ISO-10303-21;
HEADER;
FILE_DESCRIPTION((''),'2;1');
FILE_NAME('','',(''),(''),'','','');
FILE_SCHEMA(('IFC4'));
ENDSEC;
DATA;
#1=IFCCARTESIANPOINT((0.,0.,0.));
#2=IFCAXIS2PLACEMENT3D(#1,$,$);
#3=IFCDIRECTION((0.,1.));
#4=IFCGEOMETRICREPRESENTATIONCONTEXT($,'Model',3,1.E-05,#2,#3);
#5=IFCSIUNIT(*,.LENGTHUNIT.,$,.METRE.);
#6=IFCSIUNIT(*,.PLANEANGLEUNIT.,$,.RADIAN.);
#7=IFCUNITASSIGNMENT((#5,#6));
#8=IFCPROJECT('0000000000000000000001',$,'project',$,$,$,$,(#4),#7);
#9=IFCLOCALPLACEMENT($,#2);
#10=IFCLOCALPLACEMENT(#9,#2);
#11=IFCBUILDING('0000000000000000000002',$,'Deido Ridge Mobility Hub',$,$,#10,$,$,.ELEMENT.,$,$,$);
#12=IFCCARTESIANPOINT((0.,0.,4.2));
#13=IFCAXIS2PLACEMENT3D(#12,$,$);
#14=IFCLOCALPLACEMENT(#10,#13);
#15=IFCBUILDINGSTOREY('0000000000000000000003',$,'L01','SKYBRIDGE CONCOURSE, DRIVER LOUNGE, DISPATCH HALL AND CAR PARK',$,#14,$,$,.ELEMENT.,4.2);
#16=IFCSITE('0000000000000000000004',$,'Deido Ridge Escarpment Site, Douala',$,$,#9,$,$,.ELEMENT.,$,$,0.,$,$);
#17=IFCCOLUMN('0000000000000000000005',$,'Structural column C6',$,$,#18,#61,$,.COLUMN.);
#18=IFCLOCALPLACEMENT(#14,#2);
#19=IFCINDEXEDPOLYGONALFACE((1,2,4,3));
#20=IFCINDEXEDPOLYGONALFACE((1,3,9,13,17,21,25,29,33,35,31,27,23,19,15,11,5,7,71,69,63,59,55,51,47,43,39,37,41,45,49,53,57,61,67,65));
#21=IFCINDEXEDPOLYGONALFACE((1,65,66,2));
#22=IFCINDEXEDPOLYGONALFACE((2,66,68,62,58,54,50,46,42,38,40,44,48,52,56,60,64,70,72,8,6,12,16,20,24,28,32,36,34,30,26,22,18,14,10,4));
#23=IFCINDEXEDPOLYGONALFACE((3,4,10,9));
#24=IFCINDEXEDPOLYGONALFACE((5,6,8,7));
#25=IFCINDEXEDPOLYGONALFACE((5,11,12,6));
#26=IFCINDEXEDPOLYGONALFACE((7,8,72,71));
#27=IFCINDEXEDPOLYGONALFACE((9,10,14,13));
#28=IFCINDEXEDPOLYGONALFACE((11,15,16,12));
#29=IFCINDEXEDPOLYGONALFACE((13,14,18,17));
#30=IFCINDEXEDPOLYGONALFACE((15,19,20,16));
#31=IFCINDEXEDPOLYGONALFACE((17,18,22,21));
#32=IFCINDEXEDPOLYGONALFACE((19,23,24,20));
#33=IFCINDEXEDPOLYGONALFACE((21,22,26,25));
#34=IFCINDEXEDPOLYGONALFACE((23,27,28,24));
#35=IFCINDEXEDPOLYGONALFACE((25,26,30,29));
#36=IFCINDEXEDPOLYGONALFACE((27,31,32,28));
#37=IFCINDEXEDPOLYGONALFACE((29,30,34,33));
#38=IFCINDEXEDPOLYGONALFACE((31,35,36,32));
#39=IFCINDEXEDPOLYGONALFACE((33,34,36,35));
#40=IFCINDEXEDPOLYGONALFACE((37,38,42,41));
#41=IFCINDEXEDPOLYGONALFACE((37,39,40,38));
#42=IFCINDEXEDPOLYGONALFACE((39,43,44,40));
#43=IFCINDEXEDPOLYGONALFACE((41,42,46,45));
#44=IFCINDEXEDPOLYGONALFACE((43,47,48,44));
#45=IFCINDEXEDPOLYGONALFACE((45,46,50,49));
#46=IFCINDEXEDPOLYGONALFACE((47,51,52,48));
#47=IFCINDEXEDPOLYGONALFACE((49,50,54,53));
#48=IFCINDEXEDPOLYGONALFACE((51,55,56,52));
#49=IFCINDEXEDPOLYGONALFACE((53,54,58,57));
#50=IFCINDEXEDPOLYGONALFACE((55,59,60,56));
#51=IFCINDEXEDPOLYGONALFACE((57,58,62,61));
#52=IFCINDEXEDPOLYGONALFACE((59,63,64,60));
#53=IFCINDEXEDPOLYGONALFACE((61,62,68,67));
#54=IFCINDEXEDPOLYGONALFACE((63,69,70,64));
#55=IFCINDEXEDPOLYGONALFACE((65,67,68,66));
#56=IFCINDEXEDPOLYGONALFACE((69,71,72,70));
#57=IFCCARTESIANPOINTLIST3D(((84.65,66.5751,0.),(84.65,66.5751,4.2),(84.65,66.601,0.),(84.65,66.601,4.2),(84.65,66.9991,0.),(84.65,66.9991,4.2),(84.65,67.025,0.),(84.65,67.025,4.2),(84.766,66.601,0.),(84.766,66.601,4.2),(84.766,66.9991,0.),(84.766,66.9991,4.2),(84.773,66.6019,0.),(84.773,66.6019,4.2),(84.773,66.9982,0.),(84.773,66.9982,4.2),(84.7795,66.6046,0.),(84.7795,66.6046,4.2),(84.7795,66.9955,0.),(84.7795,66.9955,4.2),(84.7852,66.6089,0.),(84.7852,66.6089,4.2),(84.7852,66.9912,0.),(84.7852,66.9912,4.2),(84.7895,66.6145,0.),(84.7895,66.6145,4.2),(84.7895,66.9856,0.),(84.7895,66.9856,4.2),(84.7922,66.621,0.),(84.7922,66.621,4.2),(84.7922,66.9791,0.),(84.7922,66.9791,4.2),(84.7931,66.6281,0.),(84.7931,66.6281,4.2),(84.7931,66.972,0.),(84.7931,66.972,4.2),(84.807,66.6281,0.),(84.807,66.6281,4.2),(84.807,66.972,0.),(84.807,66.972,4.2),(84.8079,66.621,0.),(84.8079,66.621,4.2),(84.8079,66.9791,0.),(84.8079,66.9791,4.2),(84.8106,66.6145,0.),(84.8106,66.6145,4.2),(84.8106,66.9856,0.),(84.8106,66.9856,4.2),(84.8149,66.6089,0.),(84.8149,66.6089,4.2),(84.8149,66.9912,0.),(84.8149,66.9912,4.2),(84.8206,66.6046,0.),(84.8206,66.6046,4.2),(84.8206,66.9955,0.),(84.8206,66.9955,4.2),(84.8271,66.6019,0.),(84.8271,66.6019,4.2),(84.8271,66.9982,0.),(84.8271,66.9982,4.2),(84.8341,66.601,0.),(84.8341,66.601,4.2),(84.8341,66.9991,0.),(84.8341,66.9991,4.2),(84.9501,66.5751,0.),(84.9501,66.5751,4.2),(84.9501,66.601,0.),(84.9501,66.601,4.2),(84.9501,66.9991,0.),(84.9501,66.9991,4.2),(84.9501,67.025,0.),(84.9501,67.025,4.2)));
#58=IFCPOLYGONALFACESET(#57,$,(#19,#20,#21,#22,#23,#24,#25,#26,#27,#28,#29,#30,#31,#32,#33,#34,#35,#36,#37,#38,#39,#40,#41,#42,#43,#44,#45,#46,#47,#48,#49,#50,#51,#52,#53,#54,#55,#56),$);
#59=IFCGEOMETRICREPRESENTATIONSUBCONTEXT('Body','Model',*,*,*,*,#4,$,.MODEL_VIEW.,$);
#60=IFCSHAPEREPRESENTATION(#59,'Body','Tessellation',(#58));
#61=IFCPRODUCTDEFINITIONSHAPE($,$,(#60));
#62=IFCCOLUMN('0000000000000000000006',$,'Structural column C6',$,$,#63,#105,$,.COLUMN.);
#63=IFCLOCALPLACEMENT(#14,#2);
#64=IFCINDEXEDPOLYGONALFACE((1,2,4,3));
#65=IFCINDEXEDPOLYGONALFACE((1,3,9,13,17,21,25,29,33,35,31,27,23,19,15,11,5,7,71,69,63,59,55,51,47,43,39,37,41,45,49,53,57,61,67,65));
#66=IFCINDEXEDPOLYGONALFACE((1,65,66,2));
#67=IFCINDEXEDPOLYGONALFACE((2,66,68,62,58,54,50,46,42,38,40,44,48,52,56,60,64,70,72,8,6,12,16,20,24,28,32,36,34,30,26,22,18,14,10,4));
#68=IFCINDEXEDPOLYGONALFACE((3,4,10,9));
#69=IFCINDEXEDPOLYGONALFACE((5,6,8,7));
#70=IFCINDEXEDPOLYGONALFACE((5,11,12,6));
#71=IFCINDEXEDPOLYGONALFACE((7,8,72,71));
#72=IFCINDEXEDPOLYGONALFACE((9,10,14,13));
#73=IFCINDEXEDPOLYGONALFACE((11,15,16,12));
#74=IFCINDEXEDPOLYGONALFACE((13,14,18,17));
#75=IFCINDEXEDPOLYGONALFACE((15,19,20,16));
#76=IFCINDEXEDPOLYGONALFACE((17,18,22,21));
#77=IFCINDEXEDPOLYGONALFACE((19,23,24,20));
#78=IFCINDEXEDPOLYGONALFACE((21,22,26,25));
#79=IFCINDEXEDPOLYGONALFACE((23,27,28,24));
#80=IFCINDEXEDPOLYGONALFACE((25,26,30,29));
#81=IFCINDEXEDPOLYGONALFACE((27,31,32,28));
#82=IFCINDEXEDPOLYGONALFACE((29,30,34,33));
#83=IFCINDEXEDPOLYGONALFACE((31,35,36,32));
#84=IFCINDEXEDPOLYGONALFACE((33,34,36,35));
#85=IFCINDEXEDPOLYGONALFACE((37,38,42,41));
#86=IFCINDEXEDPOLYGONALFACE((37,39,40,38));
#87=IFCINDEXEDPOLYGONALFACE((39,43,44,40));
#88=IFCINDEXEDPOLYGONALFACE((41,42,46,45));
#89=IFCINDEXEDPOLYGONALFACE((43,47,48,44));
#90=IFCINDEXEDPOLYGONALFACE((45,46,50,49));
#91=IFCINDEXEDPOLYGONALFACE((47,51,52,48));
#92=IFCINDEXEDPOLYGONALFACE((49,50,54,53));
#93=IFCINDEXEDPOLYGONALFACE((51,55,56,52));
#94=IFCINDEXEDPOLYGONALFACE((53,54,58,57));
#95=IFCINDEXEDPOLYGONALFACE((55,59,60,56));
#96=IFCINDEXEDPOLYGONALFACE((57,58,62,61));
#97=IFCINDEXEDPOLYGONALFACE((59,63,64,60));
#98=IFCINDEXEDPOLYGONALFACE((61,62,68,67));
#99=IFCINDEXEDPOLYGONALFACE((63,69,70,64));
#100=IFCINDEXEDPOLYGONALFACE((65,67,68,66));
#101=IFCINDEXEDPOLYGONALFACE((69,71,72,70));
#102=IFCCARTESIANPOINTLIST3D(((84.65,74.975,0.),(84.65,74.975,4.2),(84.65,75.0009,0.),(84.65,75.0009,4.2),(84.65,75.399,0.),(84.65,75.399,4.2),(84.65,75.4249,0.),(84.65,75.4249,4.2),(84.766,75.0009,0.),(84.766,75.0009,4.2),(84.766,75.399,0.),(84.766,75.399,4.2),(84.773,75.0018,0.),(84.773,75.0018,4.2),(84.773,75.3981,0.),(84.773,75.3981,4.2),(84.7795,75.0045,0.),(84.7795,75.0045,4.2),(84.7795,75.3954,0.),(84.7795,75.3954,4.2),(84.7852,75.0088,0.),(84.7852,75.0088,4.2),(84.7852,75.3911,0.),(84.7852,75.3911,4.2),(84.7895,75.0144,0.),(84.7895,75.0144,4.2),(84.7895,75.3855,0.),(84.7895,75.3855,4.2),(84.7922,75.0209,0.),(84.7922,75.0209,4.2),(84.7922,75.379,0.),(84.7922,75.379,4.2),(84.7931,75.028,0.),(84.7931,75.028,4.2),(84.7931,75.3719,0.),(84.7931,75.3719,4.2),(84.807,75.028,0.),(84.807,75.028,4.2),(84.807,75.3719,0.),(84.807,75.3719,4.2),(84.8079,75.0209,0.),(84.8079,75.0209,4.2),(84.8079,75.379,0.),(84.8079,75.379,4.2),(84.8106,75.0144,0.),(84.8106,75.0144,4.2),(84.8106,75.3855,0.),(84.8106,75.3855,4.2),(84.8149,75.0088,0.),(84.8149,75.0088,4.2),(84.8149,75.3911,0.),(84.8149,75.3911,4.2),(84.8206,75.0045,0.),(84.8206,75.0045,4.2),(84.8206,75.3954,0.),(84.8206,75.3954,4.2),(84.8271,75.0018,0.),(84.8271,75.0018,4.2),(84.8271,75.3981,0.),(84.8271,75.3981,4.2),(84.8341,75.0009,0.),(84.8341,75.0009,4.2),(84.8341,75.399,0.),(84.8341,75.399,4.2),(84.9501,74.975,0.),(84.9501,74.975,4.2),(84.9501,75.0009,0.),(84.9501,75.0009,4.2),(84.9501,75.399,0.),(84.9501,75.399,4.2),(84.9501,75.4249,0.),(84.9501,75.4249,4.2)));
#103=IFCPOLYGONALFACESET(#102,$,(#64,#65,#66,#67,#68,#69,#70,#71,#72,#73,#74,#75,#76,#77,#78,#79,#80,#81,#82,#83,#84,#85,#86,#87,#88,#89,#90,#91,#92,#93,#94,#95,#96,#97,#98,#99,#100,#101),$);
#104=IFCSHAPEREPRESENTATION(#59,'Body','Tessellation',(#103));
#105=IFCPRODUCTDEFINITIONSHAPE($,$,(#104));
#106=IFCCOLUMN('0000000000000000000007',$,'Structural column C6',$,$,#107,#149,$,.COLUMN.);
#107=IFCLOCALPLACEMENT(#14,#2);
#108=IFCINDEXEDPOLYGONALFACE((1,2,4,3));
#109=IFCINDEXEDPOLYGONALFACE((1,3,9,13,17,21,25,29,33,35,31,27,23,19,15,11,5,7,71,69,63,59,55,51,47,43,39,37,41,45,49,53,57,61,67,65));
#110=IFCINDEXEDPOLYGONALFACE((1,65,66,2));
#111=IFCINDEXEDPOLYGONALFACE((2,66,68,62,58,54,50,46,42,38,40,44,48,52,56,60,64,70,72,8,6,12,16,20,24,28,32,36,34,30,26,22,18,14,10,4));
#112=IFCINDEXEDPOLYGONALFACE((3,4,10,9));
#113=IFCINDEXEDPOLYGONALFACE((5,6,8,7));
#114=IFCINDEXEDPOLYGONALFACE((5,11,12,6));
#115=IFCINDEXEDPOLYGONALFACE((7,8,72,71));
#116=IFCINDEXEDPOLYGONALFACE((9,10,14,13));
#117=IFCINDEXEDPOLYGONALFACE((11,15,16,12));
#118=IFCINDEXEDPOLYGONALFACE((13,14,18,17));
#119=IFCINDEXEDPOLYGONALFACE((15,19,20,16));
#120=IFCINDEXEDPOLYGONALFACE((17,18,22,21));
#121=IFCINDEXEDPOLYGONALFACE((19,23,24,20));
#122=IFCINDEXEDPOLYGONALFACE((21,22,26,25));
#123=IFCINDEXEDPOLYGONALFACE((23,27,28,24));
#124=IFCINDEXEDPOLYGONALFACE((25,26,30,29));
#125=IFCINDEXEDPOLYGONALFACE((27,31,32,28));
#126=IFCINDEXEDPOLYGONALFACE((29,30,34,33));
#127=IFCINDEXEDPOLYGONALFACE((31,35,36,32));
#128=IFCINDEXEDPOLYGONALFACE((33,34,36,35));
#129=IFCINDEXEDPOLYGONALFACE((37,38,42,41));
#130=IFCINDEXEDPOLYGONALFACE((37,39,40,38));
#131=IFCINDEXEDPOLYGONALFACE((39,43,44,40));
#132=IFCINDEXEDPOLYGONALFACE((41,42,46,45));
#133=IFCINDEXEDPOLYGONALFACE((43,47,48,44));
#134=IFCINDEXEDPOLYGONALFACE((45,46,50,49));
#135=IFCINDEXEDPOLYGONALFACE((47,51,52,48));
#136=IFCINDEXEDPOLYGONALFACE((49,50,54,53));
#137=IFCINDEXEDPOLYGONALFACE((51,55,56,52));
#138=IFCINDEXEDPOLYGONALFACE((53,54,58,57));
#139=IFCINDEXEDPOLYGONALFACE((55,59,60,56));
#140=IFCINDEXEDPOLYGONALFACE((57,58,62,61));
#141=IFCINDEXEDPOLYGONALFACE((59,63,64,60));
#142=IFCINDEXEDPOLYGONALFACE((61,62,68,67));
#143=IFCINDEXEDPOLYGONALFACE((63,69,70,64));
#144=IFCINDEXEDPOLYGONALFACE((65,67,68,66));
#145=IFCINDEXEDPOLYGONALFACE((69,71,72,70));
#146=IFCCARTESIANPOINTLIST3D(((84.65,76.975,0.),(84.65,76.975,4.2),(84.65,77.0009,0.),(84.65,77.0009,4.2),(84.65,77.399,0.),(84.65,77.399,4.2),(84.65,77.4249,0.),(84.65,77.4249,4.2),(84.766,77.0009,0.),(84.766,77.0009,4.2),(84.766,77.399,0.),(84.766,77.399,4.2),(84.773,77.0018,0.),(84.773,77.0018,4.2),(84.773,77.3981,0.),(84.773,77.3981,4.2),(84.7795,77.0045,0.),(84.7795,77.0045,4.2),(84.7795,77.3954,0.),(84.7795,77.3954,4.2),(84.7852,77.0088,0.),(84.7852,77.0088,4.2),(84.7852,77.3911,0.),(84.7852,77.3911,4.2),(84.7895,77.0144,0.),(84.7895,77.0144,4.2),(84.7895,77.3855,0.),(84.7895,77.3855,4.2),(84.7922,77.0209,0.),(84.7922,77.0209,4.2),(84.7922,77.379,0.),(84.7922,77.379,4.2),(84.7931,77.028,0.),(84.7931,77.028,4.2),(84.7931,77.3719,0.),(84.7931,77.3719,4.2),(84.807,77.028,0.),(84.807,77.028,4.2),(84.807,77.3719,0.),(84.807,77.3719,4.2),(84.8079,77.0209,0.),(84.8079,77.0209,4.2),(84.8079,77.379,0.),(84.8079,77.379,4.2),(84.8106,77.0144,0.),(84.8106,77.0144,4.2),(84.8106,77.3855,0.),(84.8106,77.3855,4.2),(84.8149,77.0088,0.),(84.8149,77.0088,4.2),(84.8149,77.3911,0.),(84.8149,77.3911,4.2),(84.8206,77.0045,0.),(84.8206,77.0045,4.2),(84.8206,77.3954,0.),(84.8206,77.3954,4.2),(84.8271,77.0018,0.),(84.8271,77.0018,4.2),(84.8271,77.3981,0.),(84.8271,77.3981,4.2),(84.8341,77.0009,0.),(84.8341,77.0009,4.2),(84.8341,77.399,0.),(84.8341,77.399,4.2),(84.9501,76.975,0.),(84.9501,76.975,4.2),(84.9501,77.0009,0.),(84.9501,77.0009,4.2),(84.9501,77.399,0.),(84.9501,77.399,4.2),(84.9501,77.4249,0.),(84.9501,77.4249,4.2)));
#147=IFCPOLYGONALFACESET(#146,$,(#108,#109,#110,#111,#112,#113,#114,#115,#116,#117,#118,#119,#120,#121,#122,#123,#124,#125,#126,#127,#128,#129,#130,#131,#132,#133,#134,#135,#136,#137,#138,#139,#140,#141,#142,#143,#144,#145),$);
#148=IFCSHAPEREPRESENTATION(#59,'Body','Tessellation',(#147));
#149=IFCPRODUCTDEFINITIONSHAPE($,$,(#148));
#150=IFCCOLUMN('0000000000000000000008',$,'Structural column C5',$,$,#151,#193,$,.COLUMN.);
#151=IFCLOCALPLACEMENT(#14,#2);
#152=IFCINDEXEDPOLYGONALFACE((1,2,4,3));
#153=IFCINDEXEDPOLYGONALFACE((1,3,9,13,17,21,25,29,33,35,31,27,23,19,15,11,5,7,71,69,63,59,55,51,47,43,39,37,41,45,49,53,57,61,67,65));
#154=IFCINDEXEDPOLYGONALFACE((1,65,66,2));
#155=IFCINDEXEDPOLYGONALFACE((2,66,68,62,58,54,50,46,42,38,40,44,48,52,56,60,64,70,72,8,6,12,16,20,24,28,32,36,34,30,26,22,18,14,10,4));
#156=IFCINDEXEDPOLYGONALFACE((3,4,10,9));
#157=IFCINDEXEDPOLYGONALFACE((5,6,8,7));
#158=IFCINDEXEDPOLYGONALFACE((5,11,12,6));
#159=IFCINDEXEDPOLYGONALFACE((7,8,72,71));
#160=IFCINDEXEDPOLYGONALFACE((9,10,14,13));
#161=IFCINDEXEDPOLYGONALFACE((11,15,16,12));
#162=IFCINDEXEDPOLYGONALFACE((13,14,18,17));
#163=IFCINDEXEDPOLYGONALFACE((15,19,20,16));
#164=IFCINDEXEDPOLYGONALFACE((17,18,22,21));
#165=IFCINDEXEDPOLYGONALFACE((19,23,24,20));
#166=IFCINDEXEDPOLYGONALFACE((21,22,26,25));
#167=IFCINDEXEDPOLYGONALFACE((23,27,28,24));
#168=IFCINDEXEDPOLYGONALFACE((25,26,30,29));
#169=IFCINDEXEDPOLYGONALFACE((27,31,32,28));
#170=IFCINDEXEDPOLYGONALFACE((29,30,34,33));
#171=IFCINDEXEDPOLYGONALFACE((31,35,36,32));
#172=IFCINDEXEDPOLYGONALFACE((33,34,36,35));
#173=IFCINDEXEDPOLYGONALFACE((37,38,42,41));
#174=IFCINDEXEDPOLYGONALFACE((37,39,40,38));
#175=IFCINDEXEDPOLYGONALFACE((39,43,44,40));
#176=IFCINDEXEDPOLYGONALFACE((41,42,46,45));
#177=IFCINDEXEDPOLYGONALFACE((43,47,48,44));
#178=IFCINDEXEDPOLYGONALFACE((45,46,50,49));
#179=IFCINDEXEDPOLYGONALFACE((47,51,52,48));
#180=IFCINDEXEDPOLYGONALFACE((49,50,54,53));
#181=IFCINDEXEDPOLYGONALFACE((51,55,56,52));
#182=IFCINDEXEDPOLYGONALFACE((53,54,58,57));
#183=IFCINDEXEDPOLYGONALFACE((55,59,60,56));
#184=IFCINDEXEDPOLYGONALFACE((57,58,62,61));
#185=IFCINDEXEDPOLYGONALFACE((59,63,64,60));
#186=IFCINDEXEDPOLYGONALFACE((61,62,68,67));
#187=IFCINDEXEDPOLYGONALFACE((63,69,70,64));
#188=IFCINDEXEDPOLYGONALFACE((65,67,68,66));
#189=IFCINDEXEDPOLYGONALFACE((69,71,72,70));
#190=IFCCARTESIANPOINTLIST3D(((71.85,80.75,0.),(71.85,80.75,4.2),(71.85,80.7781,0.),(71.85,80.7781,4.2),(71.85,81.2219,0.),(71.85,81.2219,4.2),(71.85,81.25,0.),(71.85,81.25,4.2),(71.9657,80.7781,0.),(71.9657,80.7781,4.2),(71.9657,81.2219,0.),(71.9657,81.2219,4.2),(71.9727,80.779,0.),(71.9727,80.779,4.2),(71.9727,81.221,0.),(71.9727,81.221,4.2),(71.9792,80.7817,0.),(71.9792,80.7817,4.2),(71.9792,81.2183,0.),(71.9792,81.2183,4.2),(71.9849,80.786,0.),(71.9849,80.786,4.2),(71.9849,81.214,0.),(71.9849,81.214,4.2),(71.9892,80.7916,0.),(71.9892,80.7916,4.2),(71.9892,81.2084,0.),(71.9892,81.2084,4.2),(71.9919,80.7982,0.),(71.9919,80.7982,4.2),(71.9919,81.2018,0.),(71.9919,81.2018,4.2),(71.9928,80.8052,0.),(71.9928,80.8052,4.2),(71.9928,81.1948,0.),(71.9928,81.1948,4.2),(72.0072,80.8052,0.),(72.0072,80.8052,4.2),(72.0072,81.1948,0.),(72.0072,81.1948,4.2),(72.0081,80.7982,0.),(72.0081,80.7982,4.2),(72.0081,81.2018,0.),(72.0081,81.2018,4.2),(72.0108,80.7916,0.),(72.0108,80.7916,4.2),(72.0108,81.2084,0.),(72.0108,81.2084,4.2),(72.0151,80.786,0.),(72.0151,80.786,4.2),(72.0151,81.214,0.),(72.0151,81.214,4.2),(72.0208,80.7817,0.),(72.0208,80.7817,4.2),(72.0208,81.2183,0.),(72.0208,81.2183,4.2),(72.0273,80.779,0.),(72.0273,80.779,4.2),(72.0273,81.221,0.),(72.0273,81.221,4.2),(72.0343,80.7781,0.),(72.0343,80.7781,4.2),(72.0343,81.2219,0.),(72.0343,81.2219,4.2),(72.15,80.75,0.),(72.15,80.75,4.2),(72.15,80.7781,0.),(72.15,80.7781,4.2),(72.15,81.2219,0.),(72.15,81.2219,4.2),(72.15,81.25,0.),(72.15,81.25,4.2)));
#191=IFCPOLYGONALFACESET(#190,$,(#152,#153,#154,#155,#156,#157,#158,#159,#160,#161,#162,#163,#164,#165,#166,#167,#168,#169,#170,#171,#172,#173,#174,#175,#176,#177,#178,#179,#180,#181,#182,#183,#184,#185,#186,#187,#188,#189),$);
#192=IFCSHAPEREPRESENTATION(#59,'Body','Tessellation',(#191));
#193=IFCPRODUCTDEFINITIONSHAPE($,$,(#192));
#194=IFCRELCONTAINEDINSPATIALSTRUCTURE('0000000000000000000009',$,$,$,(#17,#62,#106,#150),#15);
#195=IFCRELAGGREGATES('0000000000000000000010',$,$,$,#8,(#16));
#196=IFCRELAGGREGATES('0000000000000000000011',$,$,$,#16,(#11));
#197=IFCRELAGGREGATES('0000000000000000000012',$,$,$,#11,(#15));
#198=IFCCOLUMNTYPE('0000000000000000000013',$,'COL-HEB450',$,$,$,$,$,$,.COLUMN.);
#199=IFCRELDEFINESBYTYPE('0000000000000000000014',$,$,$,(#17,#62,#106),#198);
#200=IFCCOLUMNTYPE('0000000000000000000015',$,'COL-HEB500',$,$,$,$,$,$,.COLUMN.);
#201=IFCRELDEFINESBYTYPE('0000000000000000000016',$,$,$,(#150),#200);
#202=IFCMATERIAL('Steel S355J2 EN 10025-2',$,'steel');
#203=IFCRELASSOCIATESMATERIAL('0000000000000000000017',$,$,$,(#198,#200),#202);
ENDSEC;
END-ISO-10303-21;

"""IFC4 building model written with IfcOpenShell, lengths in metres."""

from ifc_helpers import new_model, si_unit, direction, frame, origin, origin_2d, place, context, subcontext, project, spatial, i_section, extrude, material, material_profile, profile_set, type_object, element, save


model = new_model("IFC4")

# Units and contexts
model_context = context("Model", 3, precision=1e-05, world=origin(), true_north=direction((0.0, 1.0)))
body_context = subcontext(model_context, "Body", "Model", "MODEL_VIEW")
ifc_project = project(units=[si_unit("LENGTHUNIT", "METRE"), si_unit("PLANEANGLEUNIT", "RADIAN")], contexts=[model_context])

# Site, building, storey
site_placement = place(None, origin())
site = spatial("IfcSite", under=ifc_project, at=site_placement, Name="Deido Ridge Escarpment Site, Douala", CompositionType="ELEMENT", RefElevation=0.0)
building_placement = place(site_placement, origin())
building = spatial("IfcBuilding", under=site, at=building_placement, Name="Deido Ridge Mobility Hub", CompositionType="ELEMENT")
storey_placement = place(building_placement, frame((0.0, 0.0, 4.2)))
storey = spatial("IfcBuildingStorey", under=building, at=storey_placement, Name="L01", Description="SKYBRIDGE CONCOURSE, DRIVER LOUNGE, DISPATCH HALL AND CAR PARK", CompositionType="ELEMENT", Elevation=4.2)

# Columns
ifc_material_1 = material(Name="Steel S355J2 EN 10025-2", Category="steel")
ifc_material_profile_1 = material_profile(ifc_material_1, i_section(OverallWidth=0.3, OverallDepth=0.45, WebThickness=0.0139, FlangeThickness=0.0259, FilletRadius=0.0271, at=origin_2d()), Name="HEB 450")
ifc_profile_set_1 = profile_set([ifc_material_profile_1], Name="Steel S355J2 EN 10025-2")
column_type_1 = type_object("IfcColumnType", Name="COL-HEB450", PredefinedType="COLUMN", material=ifc_profile_set_1)
for number, where, z_axis, x_axis, name in (
    (1, (84.8, 66.8, 0.0), (0.0, 0.0, 1.0), (1.0, 0.0, 0.0), "Structural column C6"),
    (2, (84.8, 75.2, 0.0), (0.0, 0.0, 1.0), (1.0, 0.0, 0.0), "Structural column C6"),
    (3, (84.8, 77.2, 0.0), (0.0, 0.0, 1.0), (1.0, 0.0, 0.0), "Structural column C6"),
):
    element("IfcColumn", number, at=place(storey_placement, frame(where, z_axis=z_axis, x_axis=x_axis)), inside=storey, type_object=column_type_1, Name=name, PredefinedType="COLUMN", context=body_context, shape_type="SweptSolid", body=[
        extrude(i_section(OverallWidth=0.3, OverallDepth=0.45, WebThickness=0.0139, FlangeThickness=0.0259, FilletRadius=0.0271, at=origin_2d()), origin(), (0.0, 0.0, 1.0), 4.2),
    ])
ifc_material_profile_2 = material_profile(ifc_material_1, i_section(OverallWidth=0.3, OverallDepth=0.5, WebThickness=0.0144, FlangeThickness=0.0281, FilletRadius=0.0271, at=origin_2d()), Name="HEB 500")
ifc_profile_set_2 = profile_set([ifc_material_profile_2], Name="Steel S355J2 EN 10025-2")
column_type_2 = type_object("IfcColumnType", Name="COL-HEB500", PredefinedType="COLUMN", material=ifc_profile_set_2)
for number, where, z_axis, x_axis, name in (
    (4, (72.0, 81.0, 0.0), (0.0, 0.0, 1.0), (1.0, 0.0, 0.0), "Structural column C5"),
):
    element("IfcColumn", number, at=place(storey_placement, frame(where, z_axis=z_axis, x_axis=x_axis)), inside=storey, type_object=column_type_2, Name=name, PredefinedType="COLUMN", context=body_context, shape_type="SweptSolid", body=[
        extrude(i_section(OverallWidth=0.3, OverallDepth=0.5, WebThickness=0.0144, FlangeThickness=0.0281, FilletRadius=0.0271, at=origin_2d()), origin(), (0.0, 0.0, 1.0), 4.2),
    ])

save(model, "model.ifc")
